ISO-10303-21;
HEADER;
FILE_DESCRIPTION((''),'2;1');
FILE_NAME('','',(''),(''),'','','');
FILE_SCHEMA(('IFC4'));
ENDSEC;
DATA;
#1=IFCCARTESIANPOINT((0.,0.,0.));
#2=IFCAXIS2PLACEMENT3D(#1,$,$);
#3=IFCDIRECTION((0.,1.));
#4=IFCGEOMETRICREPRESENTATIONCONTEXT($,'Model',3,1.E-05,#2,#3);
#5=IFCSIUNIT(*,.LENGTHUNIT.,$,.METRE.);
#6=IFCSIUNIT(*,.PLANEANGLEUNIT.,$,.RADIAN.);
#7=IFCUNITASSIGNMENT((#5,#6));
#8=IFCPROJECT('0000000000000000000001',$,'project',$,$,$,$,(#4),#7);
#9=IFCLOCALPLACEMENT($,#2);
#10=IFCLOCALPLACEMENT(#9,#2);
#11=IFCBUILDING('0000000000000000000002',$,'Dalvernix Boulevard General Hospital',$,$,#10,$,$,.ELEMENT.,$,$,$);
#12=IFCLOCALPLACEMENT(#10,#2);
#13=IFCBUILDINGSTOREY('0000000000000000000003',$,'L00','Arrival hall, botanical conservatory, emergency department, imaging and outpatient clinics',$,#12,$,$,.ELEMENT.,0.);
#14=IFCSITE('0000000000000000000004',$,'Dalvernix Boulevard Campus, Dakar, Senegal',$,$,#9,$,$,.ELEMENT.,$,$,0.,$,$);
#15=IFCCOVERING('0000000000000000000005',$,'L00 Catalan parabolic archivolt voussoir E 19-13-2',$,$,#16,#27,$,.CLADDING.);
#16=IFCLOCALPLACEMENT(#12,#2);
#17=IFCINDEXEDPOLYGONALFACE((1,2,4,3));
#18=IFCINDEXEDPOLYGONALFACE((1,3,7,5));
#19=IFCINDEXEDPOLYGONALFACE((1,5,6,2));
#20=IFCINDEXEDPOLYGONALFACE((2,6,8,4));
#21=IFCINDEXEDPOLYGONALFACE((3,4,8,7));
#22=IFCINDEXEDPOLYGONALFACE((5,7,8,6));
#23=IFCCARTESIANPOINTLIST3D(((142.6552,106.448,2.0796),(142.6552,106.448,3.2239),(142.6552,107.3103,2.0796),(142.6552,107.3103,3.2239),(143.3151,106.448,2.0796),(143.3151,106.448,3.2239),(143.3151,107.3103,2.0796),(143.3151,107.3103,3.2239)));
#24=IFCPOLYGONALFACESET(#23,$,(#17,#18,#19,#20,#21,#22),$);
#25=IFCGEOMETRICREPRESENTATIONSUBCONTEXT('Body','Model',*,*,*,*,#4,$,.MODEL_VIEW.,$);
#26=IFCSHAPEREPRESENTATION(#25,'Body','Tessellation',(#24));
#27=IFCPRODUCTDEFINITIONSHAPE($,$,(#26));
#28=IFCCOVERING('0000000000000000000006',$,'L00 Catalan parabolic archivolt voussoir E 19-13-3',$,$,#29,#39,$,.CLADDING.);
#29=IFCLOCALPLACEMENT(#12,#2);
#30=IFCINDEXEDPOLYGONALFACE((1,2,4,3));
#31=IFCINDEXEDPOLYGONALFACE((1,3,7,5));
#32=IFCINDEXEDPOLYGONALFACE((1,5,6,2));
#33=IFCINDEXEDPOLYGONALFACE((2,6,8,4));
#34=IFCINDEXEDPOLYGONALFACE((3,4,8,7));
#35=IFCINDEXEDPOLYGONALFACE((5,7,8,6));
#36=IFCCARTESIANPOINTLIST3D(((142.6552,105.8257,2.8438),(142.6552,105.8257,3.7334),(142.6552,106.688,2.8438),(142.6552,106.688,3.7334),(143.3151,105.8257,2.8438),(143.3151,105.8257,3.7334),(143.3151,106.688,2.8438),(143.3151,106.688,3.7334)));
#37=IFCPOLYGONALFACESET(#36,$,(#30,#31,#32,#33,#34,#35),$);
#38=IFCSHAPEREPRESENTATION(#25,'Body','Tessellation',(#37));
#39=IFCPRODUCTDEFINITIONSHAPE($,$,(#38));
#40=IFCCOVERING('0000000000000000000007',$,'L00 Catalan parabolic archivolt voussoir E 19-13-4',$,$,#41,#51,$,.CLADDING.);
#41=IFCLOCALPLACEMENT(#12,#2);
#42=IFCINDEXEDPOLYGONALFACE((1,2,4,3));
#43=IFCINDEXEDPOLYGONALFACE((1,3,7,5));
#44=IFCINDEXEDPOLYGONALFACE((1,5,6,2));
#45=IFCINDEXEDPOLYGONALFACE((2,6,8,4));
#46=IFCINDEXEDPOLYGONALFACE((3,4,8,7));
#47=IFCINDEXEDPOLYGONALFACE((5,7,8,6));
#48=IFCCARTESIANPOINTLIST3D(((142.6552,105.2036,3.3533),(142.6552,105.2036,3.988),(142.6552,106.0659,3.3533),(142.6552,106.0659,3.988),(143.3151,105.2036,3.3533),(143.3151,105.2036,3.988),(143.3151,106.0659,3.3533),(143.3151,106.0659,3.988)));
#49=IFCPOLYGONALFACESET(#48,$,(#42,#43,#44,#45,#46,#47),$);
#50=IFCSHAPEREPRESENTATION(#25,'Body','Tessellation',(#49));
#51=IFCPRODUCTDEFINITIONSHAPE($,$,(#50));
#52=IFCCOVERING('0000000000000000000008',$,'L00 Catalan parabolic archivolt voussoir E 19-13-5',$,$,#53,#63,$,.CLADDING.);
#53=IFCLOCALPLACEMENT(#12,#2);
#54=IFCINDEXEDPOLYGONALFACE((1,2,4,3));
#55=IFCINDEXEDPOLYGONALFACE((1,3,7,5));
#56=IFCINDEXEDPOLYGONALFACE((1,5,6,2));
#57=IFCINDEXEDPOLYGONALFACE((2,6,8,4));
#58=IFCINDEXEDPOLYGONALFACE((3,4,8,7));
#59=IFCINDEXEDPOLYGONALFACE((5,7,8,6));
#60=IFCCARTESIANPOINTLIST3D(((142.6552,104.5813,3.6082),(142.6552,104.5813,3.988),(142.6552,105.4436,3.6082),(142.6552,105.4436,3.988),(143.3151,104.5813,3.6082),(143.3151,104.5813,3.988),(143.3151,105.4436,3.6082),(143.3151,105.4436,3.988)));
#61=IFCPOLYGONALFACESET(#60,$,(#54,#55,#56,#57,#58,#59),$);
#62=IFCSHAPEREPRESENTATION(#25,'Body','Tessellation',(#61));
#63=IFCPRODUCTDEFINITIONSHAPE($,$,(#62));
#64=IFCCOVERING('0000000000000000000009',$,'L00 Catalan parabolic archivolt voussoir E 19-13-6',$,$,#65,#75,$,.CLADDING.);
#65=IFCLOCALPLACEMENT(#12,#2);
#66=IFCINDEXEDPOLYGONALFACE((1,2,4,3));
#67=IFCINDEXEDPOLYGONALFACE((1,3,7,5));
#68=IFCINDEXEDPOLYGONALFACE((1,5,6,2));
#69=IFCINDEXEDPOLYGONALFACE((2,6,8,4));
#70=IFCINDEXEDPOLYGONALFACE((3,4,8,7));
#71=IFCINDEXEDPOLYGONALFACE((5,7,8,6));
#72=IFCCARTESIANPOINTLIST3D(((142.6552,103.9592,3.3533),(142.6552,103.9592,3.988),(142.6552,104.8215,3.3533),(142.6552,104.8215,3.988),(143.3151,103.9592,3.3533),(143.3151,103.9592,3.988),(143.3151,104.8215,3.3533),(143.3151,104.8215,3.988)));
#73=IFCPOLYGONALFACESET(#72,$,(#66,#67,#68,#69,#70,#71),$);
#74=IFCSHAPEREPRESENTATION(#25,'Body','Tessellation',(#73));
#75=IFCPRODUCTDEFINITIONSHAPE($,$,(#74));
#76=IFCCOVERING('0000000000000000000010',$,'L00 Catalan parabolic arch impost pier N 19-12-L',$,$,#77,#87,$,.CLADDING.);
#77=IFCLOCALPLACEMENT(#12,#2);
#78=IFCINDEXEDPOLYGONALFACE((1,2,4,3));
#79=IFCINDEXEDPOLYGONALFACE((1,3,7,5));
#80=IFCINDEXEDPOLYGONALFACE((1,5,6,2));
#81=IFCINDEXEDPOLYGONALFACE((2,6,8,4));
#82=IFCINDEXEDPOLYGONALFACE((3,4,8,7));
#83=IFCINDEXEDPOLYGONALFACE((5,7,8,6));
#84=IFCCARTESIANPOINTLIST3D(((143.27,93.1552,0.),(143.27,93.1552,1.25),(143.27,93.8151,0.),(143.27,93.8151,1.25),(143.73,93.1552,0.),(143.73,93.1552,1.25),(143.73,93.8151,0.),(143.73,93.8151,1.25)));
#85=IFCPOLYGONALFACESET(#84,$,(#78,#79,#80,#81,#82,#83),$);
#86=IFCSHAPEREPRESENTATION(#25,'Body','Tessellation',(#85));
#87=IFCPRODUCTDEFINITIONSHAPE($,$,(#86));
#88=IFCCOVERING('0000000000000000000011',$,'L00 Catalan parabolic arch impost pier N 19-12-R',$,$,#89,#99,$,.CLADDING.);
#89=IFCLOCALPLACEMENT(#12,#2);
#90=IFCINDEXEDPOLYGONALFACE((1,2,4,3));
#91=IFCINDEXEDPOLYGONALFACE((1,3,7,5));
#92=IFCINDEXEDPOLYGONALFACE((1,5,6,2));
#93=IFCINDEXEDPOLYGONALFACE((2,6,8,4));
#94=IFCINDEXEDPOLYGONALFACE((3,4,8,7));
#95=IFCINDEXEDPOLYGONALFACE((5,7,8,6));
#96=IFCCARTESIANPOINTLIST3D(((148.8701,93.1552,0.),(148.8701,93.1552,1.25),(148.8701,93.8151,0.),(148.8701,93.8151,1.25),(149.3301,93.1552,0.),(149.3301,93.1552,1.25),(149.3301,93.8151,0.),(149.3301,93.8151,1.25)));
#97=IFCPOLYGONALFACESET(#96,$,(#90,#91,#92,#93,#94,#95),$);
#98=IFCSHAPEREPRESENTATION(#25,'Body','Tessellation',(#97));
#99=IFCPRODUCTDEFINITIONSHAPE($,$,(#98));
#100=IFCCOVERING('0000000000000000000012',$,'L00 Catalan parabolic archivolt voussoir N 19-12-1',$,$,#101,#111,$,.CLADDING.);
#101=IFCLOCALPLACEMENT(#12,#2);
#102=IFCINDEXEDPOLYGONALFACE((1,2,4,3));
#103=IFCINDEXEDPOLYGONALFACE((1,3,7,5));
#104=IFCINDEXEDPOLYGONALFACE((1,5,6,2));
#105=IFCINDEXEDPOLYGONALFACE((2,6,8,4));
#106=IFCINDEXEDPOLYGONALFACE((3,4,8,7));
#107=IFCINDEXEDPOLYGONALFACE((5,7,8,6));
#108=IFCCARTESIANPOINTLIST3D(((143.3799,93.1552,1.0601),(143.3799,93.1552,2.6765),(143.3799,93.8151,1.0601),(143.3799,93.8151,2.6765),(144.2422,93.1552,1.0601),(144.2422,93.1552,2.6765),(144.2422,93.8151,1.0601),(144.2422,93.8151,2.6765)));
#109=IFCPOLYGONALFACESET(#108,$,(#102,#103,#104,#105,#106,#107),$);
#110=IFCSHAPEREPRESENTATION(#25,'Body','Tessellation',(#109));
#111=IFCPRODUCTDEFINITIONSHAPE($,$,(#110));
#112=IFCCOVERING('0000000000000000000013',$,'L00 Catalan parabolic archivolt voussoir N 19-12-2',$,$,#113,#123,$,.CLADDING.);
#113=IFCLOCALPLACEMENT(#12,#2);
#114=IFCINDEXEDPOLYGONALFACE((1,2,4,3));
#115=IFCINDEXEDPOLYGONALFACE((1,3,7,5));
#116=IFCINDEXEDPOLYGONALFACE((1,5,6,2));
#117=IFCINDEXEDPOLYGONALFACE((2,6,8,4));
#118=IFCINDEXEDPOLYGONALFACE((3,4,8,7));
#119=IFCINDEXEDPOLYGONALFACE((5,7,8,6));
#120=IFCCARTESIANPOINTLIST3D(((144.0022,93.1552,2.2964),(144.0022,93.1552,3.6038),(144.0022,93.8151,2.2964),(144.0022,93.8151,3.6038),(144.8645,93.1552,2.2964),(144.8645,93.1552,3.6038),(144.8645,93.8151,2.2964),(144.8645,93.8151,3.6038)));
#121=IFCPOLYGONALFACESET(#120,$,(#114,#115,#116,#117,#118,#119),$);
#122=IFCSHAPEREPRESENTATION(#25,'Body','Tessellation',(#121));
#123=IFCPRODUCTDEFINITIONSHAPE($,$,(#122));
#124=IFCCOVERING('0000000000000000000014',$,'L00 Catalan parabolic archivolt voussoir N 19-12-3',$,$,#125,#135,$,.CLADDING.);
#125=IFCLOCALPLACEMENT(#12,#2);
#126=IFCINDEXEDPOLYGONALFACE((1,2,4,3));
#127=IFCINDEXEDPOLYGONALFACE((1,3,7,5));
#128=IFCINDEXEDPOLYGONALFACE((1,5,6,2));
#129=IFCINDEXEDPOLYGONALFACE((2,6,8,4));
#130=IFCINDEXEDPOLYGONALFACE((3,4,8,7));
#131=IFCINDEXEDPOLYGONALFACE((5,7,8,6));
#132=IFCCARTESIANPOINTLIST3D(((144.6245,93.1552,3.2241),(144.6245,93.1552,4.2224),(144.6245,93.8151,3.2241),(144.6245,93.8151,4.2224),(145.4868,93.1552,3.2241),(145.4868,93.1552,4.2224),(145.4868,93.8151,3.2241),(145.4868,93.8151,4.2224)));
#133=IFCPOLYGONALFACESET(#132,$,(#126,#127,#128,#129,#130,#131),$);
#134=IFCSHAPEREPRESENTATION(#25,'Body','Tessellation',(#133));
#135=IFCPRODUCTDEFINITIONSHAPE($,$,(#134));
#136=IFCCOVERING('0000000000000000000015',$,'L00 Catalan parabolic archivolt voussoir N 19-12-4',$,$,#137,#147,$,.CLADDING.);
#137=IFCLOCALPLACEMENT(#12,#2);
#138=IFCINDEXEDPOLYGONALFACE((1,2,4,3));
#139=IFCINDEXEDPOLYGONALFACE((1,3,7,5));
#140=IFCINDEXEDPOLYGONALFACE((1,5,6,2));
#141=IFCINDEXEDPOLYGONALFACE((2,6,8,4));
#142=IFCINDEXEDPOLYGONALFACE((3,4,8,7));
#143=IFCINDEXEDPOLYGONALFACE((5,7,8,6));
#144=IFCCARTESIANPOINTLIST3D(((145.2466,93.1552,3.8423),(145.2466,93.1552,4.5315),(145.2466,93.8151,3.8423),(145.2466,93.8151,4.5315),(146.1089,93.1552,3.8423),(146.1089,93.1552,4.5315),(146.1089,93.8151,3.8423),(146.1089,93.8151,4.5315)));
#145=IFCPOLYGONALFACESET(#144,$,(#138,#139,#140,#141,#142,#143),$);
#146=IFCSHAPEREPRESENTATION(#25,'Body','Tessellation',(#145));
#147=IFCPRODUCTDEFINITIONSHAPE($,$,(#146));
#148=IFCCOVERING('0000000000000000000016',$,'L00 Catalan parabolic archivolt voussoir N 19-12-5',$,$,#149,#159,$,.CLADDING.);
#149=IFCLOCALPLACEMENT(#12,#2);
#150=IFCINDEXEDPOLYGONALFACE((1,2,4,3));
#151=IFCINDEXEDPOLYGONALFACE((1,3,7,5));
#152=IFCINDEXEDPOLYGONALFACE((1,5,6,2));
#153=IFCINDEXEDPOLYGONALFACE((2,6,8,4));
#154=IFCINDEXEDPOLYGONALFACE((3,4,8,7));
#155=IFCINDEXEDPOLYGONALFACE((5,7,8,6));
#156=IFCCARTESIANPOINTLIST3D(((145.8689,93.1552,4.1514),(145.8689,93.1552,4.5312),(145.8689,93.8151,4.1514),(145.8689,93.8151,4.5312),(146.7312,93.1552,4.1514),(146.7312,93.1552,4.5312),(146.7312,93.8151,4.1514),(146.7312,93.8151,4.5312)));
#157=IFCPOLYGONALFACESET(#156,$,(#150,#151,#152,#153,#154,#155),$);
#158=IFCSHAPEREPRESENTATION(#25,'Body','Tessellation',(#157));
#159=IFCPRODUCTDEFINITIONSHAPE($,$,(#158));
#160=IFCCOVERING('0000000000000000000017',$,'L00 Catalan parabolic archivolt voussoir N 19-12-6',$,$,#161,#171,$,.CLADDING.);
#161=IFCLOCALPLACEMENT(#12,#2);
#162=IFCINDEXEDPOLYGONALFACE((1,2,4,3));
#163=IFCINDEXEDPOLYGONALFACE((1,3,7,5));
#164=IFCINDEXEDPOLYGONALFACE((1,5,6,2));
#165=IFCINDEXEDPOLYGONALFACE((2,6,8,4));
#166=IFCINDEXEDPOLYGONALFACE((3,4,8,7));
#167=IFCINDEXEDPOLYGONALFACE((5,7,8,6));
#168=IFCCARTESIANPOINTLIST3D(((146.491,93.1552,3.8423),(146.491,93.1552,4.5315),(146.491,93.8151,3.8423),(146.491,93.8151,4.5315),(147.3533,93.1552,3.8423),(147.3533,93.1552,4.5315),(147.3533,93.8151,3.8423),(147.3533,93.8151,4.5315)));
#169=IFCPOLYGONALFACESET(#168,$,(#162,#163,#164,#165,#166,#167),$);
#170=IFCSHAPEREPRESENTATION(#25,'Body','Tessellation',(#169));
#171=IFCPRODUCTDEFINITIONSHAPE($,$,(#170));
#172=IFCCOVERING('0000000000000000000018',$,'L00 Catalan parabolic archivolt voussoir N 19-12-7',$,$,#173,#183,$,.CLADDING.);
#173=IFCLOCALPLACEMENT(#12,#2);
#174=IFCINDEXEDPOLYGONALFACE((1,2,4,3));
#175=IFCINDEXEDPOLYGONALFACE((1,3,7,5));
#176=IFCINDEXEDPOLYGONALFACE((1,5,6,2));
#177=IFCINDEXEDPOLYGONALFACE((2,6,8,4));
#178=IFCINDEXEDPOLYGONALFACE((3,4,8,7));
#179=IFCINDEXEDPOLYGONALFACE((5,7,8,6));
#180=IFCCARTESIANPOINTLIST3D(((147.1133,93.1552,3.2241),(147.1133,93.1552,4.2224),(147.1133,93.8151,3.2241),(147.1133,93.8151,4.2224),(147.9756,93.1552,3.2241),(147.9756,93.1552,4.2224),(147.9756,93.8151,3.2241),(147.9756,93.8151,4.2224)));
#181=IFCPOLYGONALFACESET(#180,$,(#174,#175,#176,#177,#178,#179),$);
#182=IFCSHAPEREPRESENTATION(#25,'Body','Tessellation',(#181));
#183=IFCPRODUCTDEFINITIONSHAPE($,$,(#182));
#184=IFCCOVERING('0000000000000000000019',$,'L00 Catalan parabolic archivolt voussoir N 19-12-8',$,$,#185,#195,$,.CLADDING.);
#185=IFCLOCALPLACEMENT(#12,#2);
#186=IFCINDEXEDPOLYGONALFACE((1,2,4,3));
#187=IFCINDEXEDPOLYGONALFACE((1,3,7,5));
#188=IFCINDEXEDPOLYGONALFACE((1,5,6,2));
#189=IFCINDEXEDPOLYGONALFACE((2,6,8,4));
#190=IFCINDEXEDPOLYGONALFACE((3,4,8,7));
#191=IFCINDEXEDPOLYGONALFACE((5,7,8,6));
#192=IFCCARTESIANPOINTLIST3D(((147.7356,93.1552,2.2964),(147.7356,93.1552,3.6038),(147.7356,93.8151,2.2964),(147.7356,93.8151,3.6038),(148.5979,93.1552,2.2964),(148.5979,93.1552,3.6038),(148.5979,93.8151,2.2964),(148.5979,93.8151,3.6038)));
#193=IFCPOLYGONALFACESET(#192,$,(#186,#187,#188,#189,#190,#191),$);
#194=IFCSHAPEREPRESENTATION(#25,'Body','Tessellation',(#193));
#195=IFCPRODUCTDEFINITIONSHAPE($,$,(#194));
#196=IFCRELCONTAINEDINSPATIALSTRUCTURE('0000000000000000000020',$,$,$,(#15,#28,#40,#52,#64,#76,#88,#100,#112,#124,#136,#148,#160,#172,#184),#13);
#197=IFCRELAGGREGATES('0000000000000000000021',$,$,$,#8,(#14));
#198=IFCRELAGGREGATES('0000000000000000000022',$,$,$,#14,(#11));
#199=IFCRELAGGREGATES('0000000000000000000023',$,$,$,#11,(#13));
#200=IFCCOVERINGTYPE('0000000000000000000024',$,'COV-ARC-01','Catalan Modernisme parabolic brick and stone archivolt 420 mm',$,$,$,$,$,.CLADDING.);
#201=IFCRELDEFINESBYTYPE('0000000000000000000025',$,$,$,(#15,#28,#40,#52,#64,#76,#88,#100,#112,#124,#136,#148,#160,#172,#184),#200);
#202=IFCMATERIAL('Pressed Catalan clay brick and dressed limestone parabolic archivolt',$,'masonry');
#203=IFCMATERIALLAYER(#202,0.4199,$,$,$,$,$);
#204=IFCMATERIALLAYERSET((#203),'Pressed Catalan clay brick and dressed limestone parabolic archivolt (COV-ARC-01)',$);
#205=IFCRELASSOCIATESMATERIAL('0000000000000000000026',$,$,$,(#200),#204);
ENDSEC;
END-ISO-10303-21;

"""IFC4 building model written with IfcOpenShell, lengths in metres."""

from ifc_helpers import new_model, si_unit, direction, frame, origin, origin_2d, place, context, subcontext, project, spatial, rectangle, extrude, material, layer, layer_set, type_object, element, save


model = new_model("IFC4")

# Units and contexts
model_context = context("Model", 3, precision=1e-05, world=origin(), true_north=direction((0.0, 1.0)))
body_context = subcontext(model_context, "Body", "Model", "MODEL_VIEW")
ifc_project = project(units=[si_unit("LENGTHUNIT", "METRE"), si_unit("PLANEANGLEUNIT", "RADIAN")], contexts=[model_context])

# Site, building, storey
site_placement = place(None, origin())
site = spatial("IfcSite", under=ifc_project, at=site_placement, Name="Dalvernix Boulevard Campus, Dakar, Senegal", CompositionType="ELEMENT", RefElevation=0.0)
building_placement = place(site_placement, origin())
building = spatial("IfcBuilding", under=site, at=building_placement, Name="Dalvernix Boulevard General Hospital", CompositionType="ELEMENT")
storey_placement = place(building_placement, origin())
storey = spatial("IfcBuildingStorey", under=building, at=storey_placement, Name="L00", Description="Arrival hall, botanical conservatory, emergency department, imaging and outpatient clinics", CompositionType="ELEMENT", Elevation=0.0)

# Coverings
ifc_material_1 = material(Name="Pressed Catalan clay brick and dressed limestone parabolic archivolt", Category="masonry")
ifc_layer_1 = layer(ifc_material_1, 0.4199)
ifc_layer_set_1 = layer_set([ifc_layer_1], Name="Pressed Catalan clay brick and dressed limestone parabolic archivolt (COV-ARC-01)")
covering_type_1 = type_object("IfcCoveringType", Name="COV-ARC-01", Description="Catalan Modernisme parabolic brick and stone archivolt 420 mm", PredefinedType="CLADDING", material=ifc_layer_set_1)
covering_1_placement = place(storey_placement, frame((142.9851, 106.8792, 2.0796), z_axis=(0.0, 0.0, 1.0), x_axis=(0.0, -1.0, 0.0)))
element("IfcCovering", 1, at=covering_1_placement, inside=storey, type_object=covering_type_1, Name="L00 Catalan parabolic archivolt voussoir E 19-13-2", PredefinedType="CLADDING", context=body_context, shape_type="SweptSolid", body=[
    extrude(rectangle(XDim=0.8623, YDim=0.6599, at=origin_2d()), origin(), (0.0, 0.0, 1.0), 1.1443),
])
covering_2_placement = place(storey_placement, frame((142.9851, 106.2568, 2.8438), z_axis=(0.0, 0.0, 1.0), x_axis=(0.0, -1.0, 0.0)))
element("IfcCovering", 2, at=covering_2_placement, inside=storey, type_object=covering_type_1, Name="L00 Catalan parabolic archivolt voussoir E 19-13-3", PredefinedType="CLADDING", context=body_context, shape_type="SweptSolid", body=[
    extrude(rectangle(XDim=0.8623, YDim=0.6599, at=origin_2d()), origin(), (0.0, 0.0, 1.0), 0.8896),
])
covering_3_placement = place(storey_placement, frame((142.9851, 105.6348, 3.3533), z_axis=(0.0, 0.0, 1.0), x_axis=(0.0, -1.0, 0.0)))
element("IfcCovering", 3, at=covering_3_placement, inside=storey, type_object=covering_type_1, Name="L00 Catalan parabolic archivolt voussoir E 19-13-4", PredefinedType="CLADDING", context=body_context, shape_type="SweptSolid", body=[
    extrude(rectangle(XDim=0.8623, YDim=0.6599, at=origin_2d()), origin(), (0.0, 0.0, 1.0), 0.6348),
])
covering_4_placement = place(storey_placement, frame((142.9851, 105.0125, 3.6082), z_axis=(0.0, 0.0, 1.0), x_axis=(0.0, -1.0, 0.0)))
element("IfcCovering", 4, at=covering_4_placement, inside=storey, type_object=covering_type_1, Name="L00 Catalan parabolic archivolt voussoir E 19-13-5", PredefinedType="CLADDING", context=body_context, shape_type="SweptSolid", body=[
    extrude(rectangle(XDim=0.8623, YDim=0.6599, at=origin_2d()), origin(), (0.0, 0.0, 1.0), 0.3799),
])
covering_5_placement = place(storey_placement, frame((142.9851, 104.3904, 3.3533), z_axis=(0.0, 0.0, 1.0), x_axis=(0.0, -1.0, 0.0)))
element("IfcCovering", 5, at=covering_5_placement, inside=storey, type_object=covering_type_1, Name="L00 Catalan parabolic archivolt voussoir E 19-13-6", PredefinedType="CLADDING", context=body_context, shape_type="SweptSolid", body=[
    extrude(rectangle(XDim=0.8623, YDim=0.6599, at=origin_2d()), origin(), (0.0, 0.0, 1.0), 0.6348),
])
for number, where, z_axis, x_axis, name in (
    (6, (143.5, 93.4851, 0.0), (0.0, 0.0, 1.0), (1.0, 0.0, 0.0), "L00 Catalan parabolic arch impost pier N 19-12-L"),
    (7, (149.1001, 93.4851, 0.0), (0.0, 0.0, 1.0), (1.0, 0.0, 0.0), "L00 Catalan parabolic arch impost pier N 19-12-R"),
):
    element("IfcCovering", number, at=place(storey_placement, frame(where, z_axis=z_axis, x_axis=x_axis)), inside=storey, type_object=covering_type_1, Name=name, PredefinedType="CLADDING", context=body_context, shape_type="SweptSolid", body=[
        extrude(rectangle(XDim=0.46, YDim=0.6599, at=origin_2d()), origin(), (0.0, 0.0, 1.0), 1.25),
    ])
covering_6_placement = place(storey_placement, frame((143.811, 93.4851, 1.0601), z_axis=(0.0, 0.0, 1.0), x_axis=(1.0, 0.0, 0.0)))
element("IfcCovering", 8, at=covering_6_placement, inside=storey, type_object=covering_type_1, Name="L00 Catalan parabolic archivolt voussoir N 19-12-1", PredefinedType="CLADDING", context=body_context, shape_type="SweptSolid", body=[
    extrude(rectangle(XDim=0.8623, YDim=0.6599, at=origin_2d()), origin(), (0.0, 0.0, 1.0), 1.6165),
])
covering_7_placement = place(storey_placement, frame((144.4333, 93.4851, 2.2964), z_axis=(0.0, 0.0, 1.0), x_axis=(1.0, 0.0, 0.0)))
element("IfcCovering", 9, at=covering_7_placement, inside=storey, type_object=covering_type_1, Name="L00 Catalan parabolic archivolt voussoir N 19-12-2", PredefinedType="CLADDING", context=body_context, shape_type="SweptSolid", body=[
    extrude(rectangle(XDim=0.8623, YDim=0.6599, at=origin_2d()), origin(), (0.0, 0.0, 1.0), 1.3074),
])
covering_8_placement = place(storey_placement, frame((145.0557, 93.4851, 3.2241), z_axis=(0.0, 0.0, 1.0), x_axis=(1.0, 0.0, 0.0)))
element("IfcCovering", 10, at=covering_8_placement, inside=storey, type_object=covering_type_1, Name="L00 Catalan parabolic archivolt voussoir N 19-12-3", PredefinedType="CLADDING", context=body_context, shape_type="SweptSolid", body=[
    extrude(rectangle(XDim=0.8623, YDim=0.6599, at=origin_2d()), origin(), (0.0, 0.0, 1.0), 0.9983),
])
covering_9_placement = place(storey_placement, frame((145.6777, 93.4851, 3.8423), z_axis=(0.0, 0.0, 1.0), x_axis=(1.0, 0.0, 0.0)))
element("IfcCovering", 11, at=covering_9_placement, inside=storey, type_object=covering_type_1, Name="L00 Catalan parabolic archivolt voussoir N 19-12-4", PredefinedType="CLADDING", context=body_context, shape_type="SweptSolid", body=[
    extrude(rectangle(XDim=0.8623, YDim=0.6599, at=origin_2d()), origin(), (0.0, 0.0, 1.0), 0.6892),
])
covering_10_placement = place(storey_placement, frame((146.3, 93.4851, 4.1514), z_axis=(0.0, 0.0, 1.0), x_axis=(1.0, 0.0, 0.0)))
element("IfcCovering", 12, at=covering_10_placement, inside=storey, type_object=covering_type_1, Name="L00 Catalan parabolic archivolt voussoir N 19-12-5", PredefinedType="CLADDING", context=body_context, shape_type="SweptSolid", body=[
    extrude(rectangle(XDim=0.8623, YDim=0.6599, at=origin_2d()), origin(), (0.0, 0.0, 1.0), 0.3799),
])
covering_11_placement = place(storey_placement, frame((146.9221, 93.4851, 3.8423), z_axis=(0.0, 0.0, 1.0), x_axis=(1.0, 0.0, 0.0)))
element("IfcCovering", 13, at=covering_11_placement, inside=storey, type_object=covering_type_1, Name="L00 Catalan parabolic archivolt voussoir N 19-12-6", PredefinedType="CLADDING", context=body_context, shape_type="SweptSolid", body=[
    extrude(rectangle(XDim=0.8623, YDim=0.6599, at=origin_2d()), origin(), (0.0, 0.0, 1.0), 0.6892),
])
covering_12_placement = place(storey_placement, frame((147.5444, 93.4851, 3.2241), z_axis=(0.0, 0.0, 1.0), x_axis=(1.0, 0.0, 0.0)))
element("IfcCovering", 14, at=covering_12_placement, inside=storey, type_object=covering_type_1, Name="L00 Catalan parabolic archivolt voussoir N 19-12-7", PredefinedType="CLADDING", context=body_context, shape_type="SweptSolid", body=[
    extrude(rectangle(XDim=0.8623, YDim=0.6599, at=origin_2d()), origin(), (0.0, 0.0, 1.0), 0.9983),
])
covering_13_placement = place(storey_placement, frame((148.1667, 93.4851, 2.2964), z_axis=(0.0, 0.0, 1.0), x_axis=(1.0, 0.0, 0.0)))
element("IfcCovering", 15, at=covering_13_placement, inside=storey, type_object=covering_type_1, Name="L00 Catalan parabolic archivolt voussoir N 19-12-8", PredefinedType="CLADDING", context=body_context, shape_type="SweptSolid", body=[
    extrude(rectangle(XDim=0.8623, YDim=0.6599, at=origin_2d()), origin(), (0.0, 0.0, 1.0), 1.3074),
])

save(model, "model.ifc")
